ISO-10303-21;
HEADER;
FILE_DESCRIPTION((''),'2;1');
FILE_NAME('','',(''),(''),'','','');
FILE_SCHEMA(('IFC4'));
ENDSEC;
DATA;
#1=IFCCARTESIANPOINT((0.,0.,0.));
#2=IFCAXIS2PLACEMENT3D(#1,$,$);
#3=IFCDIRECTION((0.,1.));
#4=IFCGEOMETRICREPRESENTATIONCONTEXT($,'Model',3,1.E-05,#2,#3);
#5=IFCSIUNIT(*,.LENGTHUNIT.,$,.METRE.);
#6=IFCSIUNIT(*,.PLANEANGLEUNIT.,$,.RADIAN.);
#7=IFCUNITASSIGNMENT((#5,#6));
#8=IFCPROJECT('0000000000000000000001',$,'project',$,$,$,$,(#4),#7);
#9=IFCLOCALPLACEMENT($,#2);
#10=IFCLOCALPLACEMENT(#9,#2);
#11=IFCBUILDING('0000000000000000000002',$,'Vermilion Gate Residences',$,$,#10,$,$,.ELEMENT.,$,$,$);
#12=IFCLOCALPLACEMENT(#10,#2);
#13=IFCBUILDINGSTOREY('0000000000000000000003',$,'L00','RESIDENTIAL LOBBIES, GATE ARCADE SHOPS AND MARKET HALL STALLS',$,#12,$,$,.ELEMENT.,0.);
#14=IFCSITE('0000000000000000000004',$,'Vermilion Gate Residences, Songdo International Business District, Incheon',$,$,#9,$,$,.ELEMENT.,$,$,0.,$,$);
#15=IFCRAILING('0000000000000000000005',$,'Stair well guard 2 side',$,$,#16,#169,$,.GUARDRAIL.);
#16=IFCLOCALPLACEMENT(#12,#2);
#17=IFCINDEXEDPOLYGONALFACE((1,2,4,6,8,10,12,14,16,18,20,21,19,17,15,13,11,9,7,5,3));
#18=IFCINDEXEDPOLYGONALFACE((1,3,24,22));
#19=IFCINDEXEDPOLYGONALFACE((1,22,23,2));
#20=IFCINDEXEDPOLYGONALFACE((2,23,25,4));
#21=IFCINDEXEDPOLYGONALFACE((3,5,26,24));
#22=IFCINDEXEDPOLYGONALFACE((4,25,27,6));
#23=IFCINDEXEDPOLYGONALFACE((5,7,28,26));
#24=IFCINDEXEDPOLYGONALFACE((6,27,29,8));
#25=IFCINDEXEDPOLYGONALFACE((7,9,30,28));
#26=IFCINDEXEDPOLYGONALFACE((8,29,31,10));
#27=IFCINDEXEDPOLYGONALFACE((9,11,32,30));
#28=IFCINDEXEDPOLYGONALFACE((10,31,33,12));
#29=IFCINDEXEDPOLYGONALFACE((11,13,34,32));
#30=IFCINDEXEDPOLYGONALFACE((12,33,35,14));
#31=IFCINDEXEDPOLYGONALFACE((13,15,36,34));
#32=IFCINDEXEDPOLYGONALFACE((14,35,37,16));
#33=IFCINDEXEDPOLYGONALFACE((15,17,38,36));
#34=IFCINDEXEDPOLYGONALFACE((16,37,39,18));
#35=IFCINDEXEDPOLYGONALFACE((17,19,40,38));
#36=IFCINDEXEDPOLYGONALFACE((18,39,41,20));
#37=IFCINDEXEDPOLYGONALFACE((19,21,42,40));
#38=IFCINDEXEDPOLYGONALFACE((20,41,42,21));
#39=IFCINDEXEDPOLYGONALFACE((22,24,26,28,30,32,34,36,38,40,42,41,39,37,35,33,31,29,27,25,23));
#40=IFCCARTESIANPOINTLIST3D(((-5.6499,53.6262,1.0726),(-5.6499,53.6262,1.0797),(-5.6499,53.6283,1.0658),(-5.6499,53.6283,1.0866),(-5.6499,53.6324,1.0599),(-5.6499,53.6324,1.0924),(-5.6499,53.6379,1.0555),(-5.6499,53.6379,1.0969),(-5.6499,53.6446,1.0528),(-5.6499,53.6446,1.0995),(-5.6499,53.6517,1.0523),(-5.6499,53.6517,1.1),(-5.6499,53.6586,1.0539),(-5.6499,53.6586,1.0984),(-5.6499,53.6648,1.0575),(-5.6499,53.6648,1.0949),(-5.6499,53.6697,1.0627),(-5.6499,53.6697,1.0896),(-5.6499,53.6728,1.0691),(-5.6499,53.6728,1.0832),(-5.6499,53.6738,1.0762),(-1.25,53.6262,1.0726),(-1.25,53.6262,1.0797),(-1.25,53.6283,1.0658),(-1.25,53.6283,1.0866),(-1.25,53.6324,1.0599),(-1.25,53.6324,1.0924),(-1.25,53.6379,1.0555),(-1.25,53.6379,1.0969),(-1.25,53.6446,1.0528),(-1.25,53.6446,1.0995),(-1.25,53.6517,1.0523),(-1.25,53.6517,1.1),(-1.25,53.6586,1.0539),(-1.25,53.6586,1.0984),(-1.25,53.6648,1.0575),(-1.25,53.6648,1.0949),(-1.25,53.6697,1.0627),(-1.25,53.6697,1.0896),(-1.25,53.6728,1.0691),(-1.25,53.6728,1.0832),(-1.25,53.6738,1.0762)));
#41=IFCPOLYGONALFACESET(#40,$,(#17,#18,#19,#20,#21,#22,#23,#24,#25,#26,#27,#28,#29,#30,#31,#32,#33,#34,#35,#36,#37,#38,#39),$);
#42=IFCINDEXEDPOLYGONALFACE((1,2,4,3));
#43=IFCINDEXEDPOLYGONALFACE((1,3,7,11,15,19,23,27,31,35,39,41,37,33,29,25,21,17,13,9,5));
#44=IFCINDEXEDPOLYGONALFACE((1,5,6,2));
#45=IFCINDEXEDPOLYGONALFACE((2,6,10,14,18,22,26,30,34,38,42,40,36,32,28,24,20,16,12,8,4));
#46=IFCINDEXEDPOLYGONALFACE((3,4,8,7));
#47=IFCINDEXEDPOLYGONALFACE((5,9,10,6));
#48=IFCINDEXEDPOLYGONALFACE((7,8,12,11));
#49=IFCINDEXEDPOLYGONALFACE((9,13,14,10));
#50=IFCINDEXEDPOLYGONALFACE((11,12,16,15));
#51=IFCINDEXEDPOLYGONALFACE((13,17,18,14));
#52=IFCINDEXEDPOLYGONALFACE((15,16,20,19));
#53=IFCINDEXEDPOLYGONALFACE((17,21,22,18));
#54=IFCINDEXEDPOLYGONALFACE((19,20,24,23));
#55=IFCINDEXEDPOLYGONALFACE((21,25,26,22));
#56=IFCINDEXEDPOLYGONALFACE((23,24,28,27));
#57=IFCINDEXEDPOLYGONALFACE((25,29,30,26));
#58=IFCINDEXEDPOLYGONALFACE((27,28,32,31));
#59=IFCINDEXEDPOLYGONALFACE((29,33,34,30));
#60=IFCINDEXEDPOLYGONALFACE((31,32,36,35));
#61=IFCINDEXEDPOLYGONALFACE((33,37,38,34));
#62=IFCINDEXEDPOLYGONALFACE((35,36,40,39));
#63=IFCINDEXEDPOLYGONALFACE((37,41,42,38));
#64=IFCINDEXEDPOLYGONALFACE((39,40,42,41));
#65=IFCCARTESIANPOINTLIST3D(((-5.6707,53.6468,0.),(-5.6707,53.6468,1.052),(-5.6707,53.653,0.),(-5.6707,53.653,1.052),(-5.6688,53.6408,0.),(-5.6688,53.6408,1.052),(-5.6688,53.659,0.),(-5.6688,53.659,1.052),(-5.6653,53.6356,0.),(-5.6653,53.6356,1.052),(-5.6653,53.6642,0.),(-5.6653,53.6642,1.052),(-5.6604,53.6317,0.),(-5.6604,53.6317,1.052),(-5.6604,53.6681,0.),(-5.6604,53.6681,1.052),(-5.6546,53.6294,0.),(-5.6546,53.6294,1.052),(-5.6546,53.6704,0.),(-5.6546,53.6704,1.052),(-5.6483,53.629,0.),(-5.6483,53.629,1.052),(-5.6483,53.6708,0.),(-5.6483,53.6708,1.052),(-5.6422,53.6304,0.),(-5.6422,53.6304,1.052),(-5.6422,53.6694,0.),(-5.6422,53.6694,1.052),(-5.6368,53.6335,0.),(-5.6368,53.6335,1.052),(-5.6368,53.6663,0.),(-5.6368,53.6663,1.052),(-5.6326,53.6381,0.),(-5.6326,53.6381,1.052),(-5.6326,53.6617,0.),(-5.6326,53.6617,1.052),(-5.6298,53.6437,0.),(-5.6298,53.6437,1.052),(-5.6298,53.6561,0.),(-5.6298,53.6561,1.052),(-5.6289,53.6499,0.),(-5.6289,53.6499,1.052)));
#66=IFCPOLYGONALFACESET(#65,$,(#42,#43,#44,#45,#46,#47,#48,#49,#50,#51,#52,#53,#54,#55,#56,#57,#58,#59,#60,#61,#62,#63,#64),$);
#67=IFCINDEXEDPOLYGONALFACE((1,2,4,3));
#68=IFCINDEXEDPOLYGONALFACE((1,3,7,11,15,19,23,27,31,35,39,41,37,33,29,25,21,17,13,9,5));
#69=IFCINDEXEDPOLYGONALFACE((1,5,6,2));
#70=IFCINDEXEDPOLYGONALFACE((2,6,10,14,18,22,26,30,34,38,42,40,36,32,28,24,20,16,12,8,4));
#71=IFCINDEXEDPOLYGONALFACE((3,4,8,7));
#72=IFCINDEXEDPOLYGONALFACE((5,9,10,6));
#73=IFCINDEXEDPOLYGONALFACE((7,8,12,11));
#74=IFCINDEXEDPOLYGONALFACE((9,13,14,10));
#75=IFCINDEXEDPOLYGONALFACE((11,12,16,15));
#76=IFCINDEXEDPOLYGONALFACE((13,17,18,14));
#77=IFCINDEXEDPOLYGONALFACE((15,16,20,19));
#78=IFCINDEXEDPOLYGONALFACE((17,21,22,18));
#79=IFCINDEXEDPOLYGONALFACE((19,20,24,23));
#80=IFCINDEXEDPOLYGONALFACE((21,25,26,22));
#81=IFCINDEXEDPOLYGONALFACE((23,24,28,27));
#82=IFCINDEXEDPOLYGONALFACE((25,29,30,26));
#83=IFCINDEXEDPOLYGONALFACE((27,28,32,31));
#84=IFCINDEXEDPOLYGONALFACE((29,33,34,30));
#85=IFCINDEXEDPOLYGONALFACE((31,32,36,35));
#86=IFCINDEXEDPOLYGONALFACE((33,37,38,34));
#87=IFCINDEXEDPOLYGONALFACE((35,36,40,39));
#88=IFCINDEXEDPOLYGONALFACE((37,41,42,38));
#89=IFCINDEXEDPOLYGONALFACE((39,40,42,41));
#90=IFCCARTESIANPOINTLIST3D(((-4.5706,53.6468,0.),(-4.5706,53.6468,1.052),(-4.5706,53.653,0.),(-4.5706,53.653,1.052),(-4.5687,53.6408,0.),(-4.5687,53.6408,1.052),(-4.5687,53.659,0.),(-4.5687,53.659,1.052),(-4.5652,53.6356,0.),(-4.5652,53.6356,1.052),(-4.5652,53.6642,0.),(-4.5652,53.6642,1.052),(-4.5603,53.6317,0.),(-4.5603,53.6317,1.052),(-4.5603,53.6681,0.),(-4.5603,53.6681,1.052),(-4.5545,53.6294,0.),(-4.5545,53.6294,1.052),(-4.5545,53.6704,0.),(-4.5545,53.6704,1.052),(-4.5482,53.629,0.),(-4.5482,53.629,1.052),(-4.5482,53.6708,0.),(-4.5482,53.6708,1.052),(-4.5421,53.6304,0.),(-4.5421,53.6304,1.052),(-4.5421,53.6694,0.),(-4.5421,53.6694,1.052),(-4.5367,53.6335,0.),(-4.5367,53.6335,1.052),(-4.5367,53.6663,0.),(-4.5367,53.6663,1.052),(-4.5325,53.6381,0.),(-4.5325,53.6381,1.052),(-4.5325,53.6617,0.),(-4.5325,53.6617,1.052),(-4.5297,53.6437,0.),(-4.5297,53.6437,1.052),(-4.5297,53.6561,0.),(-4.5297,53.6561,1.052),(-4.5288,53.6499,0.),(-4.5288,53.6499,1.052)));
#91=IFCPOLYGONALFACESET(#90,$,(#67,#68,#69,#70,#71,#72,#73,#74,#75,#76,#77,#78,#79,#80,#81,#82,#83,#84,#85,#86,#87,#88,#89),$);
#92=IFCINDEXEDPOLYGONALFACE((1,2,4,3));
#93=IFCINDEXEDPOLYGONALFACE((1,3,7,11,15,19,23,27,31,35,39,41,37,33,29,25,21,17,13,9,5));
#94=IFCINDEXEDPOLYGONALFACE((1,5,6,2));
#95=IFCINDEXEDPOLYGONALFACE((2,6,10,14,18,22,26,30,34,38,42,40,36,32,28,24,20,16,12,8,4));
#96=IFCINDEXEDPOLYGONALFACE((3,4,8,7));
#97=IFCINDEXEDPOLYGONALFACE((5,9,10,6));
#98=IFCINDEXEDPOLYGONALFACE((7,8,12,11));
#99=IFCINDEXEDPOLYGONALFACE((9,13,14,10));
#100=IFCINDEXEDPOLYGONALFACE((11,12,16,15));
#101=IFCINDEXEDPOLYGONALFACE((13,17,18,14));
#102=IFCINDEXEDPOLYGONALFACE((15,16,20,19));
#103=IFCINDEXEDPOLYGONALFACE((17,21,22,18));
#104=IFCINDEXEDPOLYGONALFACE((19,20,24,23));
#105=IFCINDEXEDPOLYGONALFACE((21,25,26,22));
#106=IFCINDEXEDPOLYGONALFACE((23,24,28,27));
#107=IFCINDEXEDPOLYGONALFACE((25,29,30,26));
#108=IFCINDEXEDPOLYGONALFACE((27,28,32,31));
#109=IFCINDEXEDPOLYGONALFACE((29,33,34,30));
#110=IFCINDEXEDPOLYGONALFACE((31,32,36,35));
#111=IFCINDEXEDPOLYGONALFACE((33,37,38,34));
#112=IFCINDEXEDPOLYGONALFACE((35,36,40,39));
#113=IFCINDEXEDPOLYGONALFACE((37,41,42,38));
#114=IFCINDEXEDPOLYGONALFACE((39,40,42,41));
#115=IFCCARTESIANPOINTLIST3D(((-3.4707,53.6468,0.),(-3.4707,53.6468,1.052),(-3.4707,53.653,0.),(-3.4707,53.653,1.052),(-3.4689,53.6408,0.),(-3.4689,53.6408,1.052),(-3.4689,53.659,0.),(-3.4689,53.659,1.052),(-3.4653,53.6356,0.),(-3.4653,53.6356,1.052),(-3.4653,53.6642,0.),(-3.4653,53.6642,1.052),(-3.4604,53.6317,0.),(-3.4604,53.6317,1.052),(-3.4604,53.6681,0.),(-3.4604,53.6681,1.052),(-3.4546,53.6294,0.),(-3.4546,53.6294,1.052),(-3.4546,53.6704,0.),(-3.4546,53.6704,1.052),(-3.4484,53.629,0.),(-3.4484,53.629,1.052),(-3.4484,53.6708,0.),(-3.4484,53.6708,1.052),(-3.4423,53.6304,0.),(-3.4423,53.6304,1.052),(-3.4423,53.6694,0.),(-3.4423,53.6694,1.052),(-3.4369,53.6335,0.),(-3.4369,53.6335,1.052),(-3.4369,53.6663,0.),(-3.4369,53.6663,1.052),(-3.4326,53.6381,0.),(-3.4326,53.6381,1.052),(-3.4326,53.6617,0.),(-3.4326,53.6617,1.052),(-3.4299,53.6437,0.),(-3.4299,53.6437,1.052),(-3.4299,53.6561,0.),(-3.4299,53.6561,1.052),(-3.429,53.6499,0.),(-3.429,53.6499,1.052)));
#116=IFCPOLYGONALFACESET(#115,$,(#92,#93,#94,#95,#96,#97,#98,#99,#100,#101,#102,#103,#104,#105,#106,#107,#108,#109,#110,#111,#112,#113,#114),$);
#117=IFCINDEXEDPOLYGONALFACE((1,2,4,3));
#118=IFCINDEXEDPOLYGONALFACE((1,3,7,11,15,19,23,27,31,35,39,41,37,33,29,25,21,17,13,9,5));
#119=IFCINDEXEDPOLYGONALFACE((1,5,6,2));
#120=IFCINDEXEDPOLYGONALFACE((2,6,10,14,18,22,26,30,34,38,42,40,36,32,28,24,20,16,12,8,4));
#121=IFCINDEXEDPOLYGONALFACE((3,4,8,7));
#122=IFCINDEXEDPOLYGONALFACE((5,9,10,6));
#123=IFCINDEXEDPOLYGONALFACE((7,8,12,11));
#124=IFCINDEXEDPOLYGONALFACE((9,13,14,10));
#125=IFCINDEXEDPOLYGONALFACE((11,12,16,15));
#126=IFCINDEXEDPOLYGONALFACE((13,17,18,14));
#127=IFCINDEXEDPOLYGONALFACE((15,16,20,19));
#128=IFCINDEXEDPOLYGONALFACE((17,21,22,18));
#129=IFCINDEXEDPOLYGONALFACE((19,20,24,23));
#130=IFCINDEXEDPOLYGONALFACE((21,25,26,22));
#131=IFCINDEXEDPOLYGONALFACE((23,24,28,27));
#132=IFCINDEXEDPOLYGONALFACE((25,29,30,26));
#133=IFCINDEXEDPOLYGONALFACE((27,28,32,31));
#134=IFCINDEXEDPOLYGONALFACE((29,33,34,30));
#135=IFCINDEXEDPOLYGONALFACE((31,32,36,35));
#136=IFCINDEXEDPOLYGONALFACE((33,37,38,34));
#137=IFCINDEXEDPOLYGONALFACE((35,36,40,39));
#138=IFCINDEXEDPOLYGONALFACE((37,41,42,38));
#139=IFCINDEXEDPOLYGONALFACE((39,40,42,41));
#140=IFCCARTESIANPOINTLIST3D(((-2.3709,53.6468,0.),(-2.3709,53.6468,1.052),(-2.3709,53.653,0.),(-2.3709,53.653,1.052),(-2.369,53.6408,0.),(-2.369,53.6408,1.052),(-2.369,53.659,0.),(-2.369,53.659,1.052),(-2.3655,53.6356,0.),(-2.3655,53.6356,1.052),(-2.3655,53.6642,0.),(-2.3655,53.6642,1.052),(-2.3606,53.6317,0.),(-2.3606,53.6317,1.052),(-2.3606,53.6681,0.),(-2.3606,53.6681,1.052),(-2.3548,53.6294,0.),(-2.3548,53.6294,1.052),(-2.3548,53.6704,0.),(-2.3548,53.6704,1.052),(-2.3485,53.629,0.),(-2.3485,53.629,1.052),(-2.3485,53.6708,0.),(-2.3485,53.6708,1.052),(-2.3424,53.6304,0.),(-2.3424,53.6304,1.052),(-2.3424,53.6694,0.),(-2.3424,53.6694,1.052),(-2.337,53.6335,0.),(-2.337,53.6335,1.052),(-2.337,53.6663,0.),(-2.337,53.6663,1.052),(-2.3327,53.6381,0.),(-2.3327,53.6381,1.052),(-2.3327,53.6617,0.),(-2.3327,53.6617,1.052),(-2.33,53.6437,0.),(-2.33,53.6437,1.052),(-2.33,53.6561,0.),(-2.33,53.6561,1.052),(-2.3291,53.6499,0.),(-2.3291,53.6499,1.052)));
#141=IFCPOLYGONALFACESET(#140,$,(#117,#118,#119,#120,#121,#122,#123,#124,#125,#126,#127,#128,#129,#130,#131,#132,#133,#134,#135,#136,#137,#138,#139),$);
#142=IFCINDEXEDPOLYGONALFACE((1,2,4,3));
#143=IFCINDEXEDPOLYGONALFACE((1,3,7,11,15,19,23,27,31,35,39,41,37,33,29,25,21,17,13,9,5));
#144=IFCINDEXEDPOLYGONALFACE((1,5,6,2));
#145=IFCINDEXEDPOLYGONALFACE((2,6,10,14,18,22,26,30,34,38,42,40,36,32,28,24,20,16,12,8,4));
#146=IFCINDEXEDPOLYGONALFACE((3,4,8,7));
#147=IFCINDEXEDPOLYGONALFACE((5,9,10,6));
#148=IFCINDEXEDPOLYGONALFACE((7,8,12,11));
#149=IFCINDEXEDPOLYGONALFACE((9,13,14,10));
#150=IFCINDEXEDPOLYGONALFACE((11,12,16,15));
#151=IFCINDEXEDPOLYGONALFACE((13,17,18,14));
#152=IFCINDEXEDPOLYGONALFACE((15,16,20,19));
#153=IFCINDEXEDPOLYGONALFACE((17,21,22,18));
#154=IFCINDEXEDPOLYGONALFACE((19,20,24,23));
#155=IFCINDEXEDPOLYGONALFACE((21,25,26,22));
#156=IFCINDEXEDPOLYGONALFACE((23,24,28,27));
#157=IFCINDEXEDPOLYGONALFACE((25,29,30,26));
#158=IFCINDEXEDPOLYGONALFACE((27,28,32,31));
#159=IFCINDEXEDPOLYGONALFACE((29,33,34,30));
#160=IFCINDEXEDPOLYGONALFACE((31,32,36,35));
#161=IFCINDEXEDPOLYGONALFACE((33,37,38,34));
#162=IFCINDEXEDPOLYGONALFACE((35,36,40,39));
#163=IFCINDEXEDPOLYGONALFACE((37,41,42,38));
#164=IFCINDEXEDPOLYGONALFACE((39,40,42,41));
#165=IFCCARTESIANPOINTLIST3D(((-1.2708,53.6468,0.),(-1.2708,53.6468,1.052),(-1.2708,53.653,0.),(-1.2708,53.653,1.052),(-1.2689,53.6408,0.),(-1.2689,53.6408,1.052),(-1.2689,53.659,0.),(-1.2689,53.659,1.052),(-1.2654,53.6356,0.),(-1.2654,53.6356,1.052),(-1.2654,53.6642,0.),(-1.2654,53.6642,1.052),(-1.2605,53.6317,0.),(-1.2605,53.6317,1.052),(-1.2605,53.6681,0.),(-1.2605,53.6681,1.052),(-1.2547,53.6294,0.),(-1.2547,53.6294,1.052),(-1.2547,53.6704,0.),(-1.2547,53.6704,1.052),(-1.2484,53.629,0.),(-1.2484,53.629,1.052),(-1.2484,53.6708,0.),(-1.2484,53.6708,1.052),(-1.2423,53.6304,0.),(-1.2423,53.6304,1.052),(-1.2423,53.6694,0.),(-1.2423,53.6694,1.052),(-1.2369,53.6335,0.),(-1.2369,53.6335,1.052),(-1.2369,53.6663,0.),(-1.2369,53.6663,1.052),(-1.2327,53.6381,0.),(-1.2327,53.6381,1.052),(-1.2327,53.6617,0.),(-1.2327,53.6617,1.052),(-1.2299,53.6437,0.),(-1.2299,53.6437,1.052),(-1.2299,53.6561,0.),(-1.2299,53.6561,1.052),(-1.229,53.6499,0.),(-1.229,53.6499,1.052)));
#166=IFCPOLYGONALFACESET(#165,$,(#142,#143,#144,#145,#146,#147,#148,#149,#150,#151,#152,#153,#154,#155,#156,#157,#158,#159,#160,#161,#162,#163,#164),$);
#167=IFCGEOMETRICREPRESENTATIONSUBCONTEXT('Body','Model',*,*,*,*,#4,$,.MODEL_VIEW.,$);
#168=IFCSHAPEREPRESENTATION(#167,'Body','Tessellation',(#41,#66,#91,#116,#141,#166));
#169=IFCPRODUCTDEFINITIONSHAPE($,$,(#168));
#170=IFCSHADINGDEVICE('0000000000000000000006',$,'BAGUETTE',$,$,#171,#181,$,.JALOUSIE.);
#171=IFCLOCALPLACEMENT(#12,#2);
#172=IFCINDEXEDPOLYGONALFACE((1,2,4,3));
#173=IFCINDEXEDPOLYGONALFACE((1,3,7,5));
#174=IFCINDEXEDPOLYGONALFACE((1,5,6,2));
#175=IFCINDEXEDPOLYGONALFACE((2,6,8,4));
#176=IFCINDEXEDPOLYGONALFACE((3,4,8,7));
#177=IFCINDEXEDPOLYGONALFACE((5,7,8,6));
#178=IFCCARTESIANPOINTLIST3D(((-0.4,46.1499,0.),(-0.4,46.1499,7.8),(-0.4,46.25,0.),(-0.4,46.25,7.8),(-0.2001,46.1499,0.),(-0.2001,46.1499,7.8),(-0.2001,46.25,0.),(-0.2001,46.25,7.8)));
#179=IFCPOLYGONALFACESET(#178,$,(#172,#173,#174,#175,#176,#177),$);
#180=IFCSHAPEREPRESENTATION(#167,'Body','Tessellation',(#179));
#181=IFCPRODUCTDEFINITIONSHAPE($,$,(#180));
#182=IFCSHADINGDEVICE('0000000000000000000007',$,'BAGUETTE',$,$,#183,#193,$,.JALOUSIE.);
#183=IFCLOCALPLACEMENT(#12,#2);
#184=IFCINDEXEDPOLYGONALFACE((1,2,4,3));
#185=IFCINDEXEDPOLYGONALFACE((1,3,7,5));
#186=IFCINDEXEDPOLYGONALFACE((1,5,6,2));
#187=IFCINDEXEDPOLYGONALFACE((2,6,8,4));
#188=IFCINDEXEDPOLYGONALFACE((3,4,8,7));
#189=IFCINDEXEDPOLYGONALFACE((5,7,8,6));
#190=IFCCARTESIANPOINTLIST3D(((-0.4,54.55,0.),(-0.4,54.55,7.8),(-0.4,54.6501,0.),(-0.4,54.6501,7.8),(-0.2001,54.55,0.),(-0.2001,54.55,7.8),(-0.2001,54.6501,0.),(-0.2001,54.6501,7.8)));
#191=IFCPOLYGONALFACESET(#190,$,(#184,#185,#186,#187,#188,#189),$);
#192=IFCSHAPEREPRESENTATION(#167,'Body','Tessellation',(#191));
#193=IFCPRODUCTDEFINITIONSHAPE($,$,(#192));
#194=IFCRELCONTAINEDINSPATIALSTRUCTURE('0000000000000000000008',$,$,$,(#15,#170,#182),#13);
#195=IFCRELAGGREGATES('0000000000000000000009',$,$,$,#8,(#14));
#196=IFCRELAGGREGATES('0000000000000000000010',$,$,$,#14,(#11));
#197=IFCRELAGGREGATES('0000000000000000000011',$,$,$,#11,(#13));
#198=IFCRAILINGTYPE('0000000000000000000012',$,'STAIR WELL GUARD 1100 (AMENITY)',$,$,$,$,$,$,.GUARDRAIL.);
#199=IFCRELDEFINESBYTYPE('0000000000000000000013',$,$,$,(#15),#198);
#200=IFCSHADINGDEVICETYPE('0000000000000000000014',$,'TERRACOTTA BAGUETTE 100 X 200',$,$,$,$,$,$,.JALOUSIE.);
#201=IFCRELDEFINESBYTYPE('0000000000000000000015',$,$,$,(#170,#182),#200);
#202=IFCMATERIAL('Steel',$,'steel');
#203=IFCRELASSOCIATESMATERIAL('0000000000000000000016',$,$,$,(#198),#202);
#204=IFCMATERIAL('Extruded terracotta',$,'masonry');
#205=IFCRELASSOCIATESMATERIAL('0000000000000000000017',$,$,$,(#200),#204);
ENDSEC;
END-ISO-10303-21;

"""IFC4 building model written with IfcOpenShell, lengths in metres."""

from ifc_helpers import new_model, si_unit, direction, frame, origin, origin_2d, place, context, subcontext, project, spatial, rectangle, circle, extrude, material, material_profile, profile_set, type_object, element, save


model = new_model("IFC4")

# Units and contexts
model_context = context("Model", 3, precision=1e-05, world=origin(), true_north=direction((0.0, 1.0)))
body_context = subcontext(model_context, "Body", "Model", "MODEL_VIEW")
ifc_project = project(units=[si_unit("LENGTHUNIT", "METRE"), si_unit("PLANEANGLEUNIT", "RADIAN")], contexts=[model_context])

# Site, building, storey
site_placement = place(None, origin())
site = spatial("IfcSite", under=ifc_project, at=site_placement, Name="Vermilion Gate Residences, Songdo International Business District, Incheon", CompositionType="ELEMENT", RefElevation=0.0)
building_placement = place(site_placement, origin())
building = spatial("IfcBuilding", under=site, at=building_placement, Name="Vermilion Gate Residences", CompositionType="ELEMENT")
storey_placement = place(building_placement, origin())
storey = spatial("IfcBuildingStorey", under=building, at=storey_placement, Name="L00", Description="RESIDENTIAL LOBBIES, GATE ARCADE SHOPS AND MARKET HALL STALLS", CompositionType="ELEMENT", Elevation=0.0)

# Railing
ifc_material_1 = material(Name="Steel", Category="steel")
railing_type = type_object("IfcRailingType", Name="STAIR WELL GUARD 1100 (AMENITY)", PredefinedType="GUARDRAIL", material=ifc_material_1)
railing_1_placement = place(storey_placement, frame((-5.6499, 53.6499, 0.0)))
element("IfcRailing", 1, at=railing_1_placement, inside=storey, type_object=railing_type, Name="Stair well guard 2 side", PredefinedType="GUARDRAIL", context=body_context, shape_type="SweptSolid", body=[
    extrude(circle(Radius=0.0239, at=origin_2d()), frame((0.0, 0.0, 1.0762), z_axis=(1.0, 0.0, 0.0), x_axis=(0.0, 1.0, 0.0)), (0.0, 0.0, 1.0), 4.3999),
    extrude(circle(Radius=0.021, at=origin_2d()), origin(), (0.0, 0.0, 1.0), 1.052),
    extrude(circle(Radius=0.021, at=origin_2d()), frame((1.1001, 0.0, 0.0)), (0.0, 0.0, 1.0), 1.052),
    extrude(circle(Radius=0.021, at=origin_2d()), frame((2.2, 0.0, 0.0)), (0.0, 0.0, 1.0), 1.052),
    extrude(circle(Radius=0.021, at=origin_2d()), frame((3.2998, 0.0, 0.0)), (0.0, 0.0, 1.0), 1.052),
    extrude(circle(Radius=0.021, at=origin_2d()), frame((4.3999, 0.0, 0.0)), (0.0, 0.0, 1.0), 1.052),
])

# Shading devices
ifc_material_2 = material(Name="Extruded terracotta", Category="masonry")
ifc_material_profile_1 = material_profile(ifc_material_2, rectangle(XDim=0.2, YDim=0.1001, at=origin_2d()), Name="BAGUETTE 100 X 200")
ifc_profile_set_1 = profile_set([ifc_material_profile_1], Name="Extruded terracotta")
shading_device_type = type_object("IfcShadingDeviceType", Name="TERRACOTTA BAGUETTE 100 X 200", PredefinedType="JALOUSIE", material=ifc_profile_set_1)
for number, where, z_axis, x_axis, name in (
    (2, (-0.3, 46.2, 0.0), (0.0, 0.0, 1.0), (1.0, 0.0, 0.0), "BAGUETTE"),
    (3, (-0.3, 54.6001, 0.0), (0.0, 0.0, 1.0), (1.0, 0.0, 0.0), "BAGUETTE"),
):
    element("IfcShadingDevice", number, at=place(storey_placement, frame(where, z_axis=z_axis, x_axis=x_axis)), inside=storey, type_object=shading_device_type, Name=name, PredefinedType="JALOUSIE", context=body_context, shape_type="SweptSolid", body=[
        extrude(rectangle(XDim=0.2, YDim=0.1001, at=origin_2d()), origin(), (0.0, 0.0, 1.0), 7.8),
    ])

save(model, "model.ifc")
